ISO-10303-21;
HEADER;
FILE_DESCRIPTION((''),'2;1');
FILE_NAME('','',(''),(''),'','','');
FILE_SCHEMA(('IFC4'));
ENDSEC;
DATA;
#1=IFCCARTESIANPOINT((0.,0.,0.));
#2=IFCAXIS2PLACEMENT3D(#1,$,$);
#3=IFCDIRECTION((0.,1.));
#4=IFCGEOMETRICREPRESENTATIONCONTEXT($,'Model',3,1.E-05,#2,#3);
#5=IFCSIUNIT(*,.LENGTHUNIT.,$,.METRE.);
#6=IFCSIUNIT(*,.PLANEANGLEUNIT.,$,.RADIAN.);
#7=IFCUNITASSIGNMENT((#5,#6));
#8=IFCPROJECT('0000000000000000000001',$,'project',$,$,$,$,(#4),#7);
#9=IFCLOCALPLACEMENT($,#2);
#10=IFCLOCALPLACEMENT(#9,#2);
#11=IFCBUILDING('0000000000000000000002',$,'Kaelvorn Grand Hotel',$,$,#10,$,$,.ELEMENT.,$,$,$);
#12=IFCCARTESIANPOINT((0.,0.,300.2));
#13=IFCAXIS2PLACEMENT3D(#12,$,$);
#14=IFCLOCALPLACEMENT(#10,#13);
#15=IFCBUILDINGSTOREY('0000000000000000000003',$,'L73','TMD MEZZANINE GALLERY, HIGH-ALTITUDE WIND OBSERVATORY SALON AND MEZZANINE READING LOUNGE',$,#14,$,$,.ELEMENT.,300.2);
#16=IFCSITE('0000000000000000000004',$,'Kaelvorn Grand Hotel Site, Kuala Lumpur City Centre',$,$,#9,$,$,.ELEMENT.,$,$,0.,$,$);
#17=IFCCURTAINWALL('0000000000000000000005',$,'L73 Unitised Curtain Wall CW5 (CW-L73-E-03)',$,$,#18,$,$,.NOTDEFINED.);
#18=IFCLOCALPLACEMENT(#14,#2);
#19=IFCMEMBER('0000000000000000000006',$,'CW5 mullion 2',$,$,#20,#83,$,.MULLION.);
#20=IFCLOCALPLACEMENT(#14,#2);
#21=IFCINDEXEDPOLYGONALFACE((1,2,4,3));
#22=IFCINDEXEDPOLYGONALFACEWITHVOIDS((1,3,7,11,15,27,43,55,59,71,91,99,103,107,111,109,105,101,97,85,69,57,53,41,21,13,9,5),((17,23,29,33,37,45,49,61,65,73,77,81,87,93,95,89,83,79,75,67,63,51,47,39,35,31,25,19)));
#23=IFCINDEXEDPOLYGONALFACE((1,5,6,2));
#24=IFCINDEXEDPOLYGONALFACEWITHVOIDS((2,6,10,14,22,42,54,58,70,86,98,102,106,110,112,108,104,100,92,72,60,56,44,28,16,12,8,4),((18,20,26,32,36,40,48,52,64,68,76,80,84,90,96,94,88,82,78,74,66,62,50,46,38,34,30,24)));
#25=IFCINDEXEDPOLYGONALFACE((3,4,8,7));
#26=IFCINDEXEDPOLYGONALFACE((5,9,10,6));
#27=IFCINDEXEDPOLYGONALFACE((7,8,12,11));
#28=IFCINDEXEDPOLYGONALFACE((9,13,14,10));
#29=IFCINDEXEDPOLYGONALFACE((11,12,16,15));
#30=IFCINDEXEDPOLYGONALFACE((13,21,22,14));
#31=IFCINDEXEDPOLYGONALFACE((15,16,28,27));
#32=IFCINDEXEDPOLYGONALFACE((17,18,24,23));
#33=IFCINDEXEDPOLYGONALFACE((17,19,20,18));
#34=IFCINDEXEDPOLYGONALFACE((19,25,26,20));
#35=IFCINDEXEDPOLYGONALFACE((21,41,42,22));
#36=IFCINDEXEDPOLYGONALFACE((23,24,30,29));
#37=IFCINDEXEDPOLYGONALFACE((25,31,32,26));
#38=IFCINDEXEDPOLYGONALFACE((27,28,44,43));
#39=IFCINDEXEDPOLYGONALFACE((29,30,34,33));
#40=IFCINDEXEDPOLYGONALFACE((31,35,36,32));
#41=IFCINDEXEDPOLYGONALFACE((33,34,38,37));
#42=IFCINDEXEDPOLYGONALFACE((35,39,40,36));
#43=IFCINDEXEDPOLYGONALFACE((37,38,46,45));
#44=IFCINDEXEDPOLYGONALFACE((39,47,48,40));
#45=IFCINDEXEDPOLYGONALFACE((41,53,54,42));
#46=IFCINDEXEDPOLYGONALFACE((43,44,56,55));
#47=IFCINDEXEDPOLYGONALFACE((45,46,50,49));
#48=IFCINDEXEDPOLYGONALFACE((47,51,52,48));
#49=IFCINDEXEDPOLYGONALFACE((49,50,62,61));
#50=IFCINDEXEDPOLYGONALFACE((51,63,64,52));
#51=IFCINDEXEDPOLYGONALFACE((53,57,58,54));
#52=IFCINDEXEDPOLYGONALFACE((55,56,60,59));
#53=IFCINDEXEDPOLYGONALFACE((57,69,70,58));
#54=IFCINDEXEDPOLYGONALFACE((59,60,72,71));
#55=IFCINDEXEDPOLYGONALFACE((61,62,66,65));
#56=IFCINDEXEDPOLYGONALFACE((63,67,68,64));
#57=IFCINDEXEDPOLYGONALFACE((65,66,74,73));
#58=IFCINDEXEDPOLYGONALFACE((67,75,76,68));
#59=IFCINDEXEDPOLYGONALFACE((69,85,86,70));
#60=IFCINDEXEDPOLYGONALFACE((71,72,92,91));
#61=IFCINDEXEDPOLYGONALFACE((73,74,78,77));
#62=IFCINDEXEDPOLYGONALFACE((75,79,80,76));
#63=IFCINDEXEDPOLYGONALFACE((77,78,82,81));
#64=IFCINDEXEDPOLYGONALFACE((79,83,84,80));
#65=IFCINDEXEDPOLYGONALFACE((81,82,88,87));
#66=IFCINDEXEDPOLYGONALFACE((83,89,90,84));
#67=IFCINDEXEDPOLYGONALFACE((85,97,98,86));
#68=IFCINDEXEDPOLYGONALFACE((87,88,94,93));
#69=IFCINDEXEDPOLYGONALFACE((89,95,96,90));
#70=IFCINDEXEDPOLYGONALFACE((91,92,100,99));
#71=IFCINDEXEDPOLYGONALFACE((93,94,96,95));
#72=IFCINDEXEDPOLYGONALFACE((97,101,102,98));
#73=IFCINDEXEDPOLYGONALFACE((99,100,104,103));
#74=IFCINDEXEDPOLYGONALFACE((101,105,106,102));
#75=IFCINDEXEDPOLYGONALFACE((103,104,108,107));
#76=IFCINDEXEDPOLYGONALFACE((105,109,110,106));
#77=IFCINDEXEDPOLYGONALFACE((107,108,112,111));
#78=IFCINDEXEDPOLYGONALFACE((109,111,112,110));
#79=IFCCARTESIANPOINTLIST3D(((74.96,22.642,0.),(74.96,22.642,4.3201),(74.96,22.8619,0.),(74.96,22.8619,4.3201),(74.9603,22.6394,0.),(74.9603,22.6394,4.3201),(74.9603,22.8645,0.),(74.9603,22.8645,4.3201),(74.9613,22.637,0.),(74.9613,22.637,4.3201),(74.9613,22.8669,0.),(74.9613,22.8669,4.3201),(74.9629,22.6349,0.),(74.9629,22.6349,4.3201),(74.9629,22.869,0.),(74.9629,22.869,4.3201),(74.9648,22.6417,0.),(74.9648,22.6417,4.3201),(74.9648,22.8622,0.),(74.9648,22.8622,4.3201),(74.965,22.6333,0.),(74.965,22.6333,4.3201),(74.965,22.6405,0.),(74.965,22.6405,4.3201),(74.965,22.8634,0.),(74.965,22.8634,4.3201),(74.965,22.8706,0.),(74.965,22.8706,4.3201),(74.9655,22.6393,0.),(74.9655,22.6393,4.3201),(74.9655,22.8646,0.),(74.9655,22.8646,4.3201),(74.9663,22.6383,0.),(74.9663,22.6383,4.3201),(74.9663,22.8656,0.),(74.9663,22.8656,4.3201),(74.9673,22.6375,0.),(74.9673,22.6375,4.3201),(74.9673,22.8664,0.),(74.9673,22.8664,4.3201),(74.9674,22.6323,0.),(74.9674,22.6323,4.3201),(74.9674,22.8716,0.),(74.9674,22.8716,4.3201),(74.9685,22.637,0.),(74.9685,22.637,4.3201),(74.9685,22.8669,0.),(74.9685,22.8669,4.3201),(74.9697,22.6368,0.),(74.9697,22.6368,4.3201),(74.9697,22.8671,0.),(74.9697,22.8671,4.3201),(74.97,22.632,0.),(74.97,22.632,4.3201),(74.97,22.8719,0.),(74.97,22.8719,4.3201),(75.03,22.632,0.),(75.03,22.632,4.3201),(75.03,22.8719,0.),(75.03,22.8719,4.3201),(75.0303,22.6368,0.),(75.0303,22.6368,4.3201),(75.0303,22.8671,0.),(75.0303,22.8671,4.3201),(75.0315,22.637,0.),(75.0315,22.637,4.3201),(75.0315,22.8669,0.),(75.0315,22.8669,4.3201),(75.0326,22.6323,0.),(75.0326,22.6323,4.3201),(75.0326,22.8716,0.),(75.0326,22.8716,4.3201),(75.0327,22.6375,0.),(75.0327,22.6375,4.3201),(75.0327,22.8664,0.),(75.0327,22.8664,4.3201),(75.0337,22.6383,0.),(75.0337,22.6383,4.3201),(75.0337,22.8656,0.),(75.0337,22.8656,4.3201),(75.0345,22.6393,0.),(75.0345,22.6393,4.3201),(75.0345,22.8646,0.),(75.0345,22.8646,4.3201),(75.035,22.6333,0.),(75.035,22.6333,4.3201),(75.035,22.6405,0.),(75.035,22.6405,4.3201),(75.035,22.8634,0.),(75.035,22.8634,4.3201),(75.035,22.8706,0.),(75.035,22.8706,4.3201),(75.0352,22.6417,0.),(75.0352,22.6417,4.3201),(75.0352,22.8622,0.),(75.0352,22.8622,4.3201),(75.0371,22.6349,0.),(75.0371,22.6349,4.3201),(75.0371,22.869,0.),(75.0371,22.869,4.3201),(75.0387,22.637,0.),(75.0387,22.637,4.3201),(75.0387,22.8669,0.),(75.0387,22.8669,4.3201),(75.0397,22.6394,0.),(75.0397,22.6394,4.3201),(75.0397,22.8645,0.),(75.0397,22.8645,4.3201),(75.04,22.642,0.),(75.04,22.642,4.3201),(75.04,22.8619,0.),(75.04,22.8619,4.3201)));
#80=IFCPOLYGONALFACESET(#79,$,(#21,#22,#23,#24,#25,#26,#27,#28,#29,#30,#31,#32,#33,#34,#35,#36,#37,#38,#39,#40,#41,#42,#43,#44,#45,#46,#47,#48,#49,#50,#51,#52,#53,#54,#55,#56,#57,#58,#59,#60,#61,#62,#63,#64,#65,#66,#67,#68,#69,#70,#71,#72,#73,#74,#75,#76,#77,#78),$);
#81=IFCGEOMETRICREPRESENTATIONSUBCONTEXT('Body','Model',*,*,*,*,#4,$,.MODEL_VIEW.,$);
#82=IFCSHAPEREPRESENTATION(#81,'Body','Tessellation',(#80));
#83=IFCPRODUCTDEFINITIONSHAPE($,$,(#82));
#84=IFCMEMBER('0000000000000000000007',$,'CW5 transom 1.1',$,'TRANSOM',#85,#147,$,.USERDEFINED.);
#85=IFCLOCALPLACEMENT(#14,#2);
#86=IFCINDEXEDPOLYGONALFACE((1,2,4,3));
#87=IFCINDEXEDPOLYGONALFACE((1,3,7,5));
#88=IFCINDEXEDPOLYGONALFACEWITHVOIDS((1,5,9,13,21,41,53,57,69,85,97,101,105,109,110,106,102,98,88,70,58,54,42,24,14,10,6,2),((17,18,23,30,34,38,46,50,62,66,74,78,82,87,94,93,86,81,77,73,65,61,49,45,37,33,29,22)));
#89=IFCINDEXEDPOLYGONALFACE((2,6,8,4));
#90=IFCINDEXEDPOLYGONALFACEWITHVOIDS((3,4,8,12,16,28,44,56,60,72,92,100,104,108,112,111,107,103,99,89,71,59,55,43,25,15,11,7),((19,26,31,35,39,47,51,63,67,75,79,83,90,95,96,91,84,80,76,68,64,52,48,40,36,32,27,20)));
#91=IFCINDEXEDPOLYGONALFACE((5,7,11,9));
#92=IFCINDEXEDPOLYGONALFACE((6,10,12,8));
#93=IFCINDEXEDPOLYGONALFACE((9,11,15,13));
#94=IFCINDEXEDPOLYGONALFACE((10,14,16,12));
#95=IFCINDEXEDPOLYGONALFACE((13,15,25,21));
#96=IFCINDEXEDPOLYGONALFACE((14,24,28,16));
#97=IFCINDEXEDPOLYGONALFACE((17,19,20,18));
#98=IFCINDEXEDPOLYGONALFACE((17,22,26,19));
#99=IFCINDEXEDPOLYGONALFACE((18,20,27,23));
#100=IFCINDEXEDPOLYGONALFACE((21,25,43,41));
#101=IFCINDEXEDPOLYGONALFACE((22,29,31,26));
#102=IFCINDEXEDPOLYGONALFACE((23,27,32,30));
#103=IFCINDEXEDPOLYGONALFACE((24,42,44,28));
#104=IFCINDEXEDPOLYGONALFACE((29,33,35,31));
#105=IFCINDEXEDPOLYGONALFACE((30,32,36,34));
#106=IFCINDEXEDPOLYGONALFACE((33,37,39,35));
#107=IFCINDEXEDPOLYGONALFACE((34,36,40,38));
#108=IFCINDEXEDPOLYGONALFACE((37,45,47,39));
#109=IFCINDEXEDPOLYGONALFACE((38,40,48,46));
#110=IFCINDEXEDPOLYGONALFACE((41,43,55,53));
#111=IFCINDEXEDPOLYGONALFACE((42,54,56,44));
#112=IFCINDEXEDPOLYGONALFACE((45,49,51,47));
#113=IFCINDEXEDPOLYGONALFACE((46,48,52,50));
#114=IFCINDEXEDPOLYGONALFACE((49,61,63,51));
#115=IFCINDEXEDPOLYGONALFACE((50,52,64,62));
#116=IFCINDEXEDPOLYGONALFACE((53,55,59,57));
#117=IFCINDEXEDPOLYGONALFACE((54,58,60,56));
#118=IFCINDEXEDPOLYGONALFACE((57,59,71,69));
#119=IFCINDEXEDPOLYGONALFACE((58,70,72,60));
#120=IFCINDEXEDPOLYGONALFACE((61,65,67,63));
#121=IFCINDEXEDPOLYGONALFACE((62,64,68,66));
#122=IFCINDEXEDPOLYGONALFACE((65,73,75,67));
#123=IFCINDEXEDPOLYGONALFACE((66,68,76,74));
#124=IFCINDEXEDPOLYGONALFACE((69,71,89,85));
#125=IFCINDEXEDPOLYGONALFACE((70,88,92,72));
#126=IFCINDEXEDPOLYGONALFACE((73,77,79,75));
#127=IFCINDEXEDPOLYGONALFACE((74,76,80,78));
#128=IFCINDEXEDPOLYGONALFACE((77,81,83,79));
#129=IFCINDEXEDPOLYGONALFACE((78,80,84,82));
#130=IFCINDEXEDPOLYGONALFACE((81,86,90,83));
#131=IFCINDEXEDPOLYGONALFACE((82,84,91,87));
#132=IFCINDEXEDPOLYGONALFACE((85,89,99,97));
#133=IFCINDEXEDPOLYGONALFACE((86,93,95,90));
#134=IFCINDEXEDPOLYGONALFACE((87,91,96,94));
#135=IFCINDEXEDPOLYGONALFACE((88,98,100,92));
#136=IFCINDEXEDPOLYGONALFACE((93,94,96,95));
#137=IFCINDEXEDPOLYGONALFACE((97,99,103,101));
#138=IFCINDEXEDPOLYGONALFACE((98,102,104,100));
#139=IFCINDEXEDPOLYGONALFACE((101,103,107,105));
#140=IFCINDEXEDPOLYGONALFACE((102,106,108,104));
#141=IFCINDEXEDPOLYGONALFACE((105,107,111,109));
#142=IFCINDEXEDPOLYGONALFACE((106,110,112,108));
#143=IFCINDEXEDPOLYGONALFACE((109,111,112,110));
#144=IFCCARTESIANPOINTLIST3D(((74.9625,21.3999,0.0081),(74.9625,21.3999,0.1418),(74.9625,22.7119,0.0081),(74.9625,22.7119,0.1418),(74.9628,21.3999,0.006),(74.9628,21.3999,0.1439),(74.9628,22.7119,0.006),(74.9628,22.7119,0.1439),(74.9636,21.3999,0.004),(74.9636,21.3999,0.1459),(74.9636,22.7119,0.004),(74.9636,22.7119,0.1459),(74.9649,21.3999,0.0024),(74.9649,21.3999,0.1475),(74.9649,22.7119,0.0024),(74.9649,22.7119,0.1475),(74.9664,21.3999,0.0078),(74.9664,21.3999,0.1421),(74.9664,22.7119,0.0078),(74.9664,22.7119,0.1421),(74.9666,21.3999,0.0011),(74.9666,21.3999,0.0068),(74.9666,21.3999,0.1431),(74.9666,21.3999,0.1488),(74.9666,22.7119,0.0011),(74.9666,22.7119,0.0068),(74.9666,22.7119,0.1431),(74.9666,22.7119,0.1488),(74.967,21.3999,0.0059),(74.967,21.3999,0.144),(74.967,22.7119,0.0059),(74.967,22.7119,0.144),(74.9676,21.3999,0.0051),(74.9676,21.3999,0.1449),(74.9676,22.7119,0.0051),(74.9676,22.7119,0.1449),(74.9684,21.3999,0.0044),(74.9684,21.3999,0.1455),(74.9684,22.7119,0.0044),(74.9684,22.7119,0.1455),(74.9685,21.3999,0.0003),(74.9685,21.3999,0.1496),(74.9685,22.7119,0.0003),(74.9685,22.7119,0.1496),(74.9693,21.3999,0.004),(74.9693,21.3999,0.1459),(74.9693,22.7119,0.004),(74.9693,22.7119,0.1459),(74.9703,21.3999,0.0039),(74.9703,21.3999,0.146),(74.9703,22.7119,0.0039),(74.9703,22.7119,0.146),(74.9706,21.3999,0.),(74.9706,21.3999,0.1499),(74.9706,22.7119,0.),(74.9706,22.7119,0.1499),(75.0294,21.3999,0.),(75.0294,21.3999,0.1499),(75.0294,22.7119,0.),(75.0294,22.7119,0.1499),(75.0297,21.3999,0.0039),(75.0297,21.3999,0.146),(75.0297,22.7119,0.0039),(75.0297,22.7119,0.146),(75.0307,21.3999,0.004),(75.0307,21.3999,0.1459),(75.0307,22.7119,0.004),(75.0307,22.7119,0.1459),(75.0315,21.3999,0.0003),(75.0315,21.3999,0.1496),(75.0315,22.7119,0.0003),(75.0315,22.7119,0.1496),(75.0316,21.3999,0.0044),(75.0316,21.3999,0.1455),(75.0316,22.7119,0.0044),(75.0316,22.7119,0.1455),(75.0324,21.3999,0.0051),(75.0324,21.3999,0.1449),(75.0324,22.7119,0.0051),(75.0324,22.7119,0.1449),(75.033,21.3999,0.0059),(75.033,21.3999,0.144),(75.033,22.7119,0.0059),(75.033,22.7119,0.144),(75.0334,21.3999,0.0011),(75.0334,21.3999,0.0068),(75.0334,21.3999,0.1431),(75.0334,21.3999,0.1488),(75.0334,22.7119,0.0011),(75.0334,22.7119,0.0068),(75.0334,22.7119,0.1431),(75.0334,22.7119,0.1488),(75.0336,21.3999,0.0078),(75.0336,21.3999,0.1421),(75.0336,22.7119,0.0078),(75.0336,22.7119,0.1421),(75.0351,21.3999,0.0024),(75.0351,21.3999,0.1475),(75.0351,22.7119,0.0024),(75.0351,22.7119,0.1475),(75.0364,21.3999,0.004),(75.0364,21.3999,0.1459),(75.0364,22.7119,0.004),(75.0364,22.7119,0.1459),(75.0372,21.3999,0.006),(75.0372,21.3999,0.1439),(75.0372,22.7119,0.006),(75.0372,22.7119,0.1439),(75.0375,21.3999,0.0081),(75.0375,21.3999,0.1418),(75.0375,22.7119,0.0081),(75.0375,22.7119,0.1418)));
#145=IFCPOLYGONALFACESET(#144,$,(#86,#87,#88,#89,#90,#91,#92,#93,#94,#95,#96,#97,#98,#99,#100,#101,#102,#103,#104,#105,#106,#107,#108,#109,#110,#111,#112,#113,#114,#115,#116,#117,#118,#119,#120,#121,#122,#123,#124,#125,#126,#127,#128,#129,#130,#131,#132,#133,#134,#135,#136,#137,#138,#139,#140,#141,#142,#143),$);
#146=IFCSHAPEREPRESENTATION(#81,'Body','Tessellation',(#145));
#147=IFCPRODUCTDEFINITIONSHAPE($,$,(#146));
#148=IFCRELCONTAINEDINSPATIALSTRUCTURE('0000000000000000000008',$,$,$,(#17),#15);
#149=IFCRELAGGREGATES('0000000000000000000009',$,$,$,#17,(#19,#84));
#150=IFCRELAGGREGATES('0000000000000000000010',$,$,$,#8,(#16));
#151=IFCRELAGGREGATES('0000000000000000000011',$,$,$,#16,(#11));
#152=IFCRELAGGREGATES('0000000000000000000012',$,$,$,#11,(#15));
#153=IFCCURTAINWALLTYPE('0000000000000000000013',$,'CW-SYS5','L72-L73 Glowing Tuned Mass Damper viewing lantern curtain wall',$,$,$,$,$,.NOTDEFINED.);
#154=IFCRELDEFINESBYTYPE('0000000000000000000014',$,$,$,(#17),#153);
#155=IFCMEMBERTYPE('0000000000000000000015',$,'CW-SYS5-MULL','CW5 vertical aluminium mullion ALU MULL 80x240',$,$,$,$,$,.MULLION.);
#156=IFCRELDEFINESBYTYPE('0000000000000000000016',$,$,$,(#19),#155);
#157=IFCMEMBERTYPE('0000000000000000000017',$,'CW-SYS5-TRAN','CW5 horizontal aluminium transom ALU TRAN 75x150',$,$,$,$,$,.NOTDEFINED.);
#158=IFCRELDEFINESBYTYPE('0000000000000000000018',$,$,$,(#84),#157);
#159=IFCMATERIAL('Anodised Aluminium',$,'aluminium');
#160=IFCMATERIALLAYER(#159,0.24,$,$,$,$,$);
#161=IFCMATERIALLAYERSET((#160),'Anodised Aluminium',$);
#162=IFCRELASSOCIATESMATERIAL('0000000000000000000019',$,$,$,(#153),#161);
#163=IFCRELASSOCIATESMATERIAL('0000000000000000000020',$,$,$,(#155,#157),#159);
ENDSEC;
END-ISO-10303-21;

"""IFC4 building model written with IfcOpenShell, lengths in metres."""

from ifc_helpers import new_model, si_unit, direction, frame, origin, origin_2d, place, context, subcontext, project, spatial, hollow_rectangle, extrude, material, layer, layer_set, material_profile, profile_set, type_object, element, aggregate, save


model = new_model("IFC4")

# Units and contexts
model_context = context("Model", 3, precision=1e-05, world=origin(), true_north=direction((0.0, 1.0)))
body_context = subcontext(model_context, "Body", "Model", "MODEL_VIEW")
ifc_project = project(units=[si_unit("LENGTHUNIT", "METRE"), si_unit("PLANEANGLEUNIT", "RADIAN")], contexts=[model_context])

# Site, building, storey
site_placement = place(None, origin())
site = spatial("IfcSite", under=ifc_project, at=site_placement, Name="Kaelvorn Grand Hotel Site, Kuala Lumpur City Centre", CompositionType="ELEMENT", RefElevation=0.0)
building_placement = place(site_placement, origin())
building = spatial("IfcBuilding", under=site, at=building_placement, Name="Kaelvorn Grand Hotel", CompositionType="ELEMENT")
storey_placement = place(building_placement, frame((0.0, 0.0, 300.2)))
storey = spatial("IfcBuildingStorey", under=building, at=storey_placement, Name="L73", Description="TMD MEZZANINE GALLERY, HIGH-ALTITUDE WIND OBSERVATORY SALON AND MEZZANINE READING LOUNGE", CompositionType="ELEMENT", Elevation=300.2)

# Curtain wall, members
ifc_material_1 = material(Name="Anodised Aluminium", Category="aluminium")
ifc_layer_1 = layer(ifc_material_1, 0.24)
ifc_layer_set_1 = layer_set([ifc_layer_1], Name="Anodised Aluminium")
curtain_wall_type = type_object("IfcCurtainWallType", Name="CW-SYS5", Description="L72-L73 Glowing Tuned Mass Damper viewing lantern curtain wall", PredefinedType="NOTDEFINED", material=ifc_layer_set_1)
curtain_wall_placement = place(storey_placement, origin())
curtain_wall = element("IfcCurtainWall", 1, at=curtain_wall_placement, inside=storey, type_object=curtain_wall_type, Name="L73 Unitised Curtain Wall CW5 (CW-L73-E-03)", PredefinedType="NOTDEFINED")
ifc_material_profile_1 = material_profile(ifc_material_1, hollow_rectangle(XDim=0.0801, YDim=0.24, WallThickness=0.0049, InnerFilletRadius=0.0049, OuterFilletRadius=0.01, at=origin_2d()), Name="ALU MULL 80x240")
ifc_profile_set_1 = profile_set([ifc_material_profile_1], Name="Anodised Aluminium")
member_type_1 = type_object("IfcMemberType", Name="CW-SYS5-MULL", Description="CW5 vertical aluminium mullion ALU MULL 80x240", PredefinedType="MULLION", material=ifc_profile_set_1)
member_1_placement = place(storey_placement, frame((75.0, 22.752, 0.0), z_axis=(0.0, 0.0, 1.0), x_axis=(-1.0, 0.0, 0.0)))
member_1 = element("IfcMember", 2, at=member_1_placement, type_object=member_type_1, Name="CW5 mullion 2", PredefinedType="MULLION", context=body_context, shape_type="SweptSolid", body=[
    extrude(hollow_rectangle(XDim=0.0801, YDim=0.24, WallThickness=0.0049, InnerFilletRadius=0.0049, OuterFilletRadius=0.01, at=origin_2d()), origin(), (0.0, 0.0, 1.0), 4.3201),
])
ifc_material_profile_2 = material_profile(ifc_material_1, hollow_rectangle(XDim=0.075, YDim=0.1499, WallThickness=0.0039, InnerFilletRadius=0.0039, OuterFilletRadius=0.0081, at=origin_2d()), Name="ALU TRAN 75x150")
ifc_profile_set_2 = profile_set([ifc_material_profile_2], Name="Anodised Aluminium")
member_type_2 = type_object("IfcMemberType", Name="CW-SYS5-TRAN", Description="CW5 horizontal aluminium transom ALU TRAN 75x150", PredefinedType="NOTDEFINED", material=ifc_profile_set_2)
member_2_placement = place(storey_placement, frame((75.0, 21.3999, 0.075), z_axis=(0.0, 1.0, 0.0), x_axis=(-1.0, 0.0, 0.0)))
member_2 = element("IfcMember", 3, at=member_2_placement, type_object=member_type_2, Name="CW5 transom 1.1", ObjectType="TRANSOM", PredefinedType="USERDEFINED", context=body_context, shape_type="SweptSolid", body=[
    extrude(hollow_rectangle(XDim=0.075, YDim=0.1499, WallThickness=0.0039, InnerFilletRadius=0.0039, OuterFilletRadius=0.0081, at=origin_2d()), origin(), (0.0, 0.0, 1.0), 1.312),
])
aggregate(curtain_wall, [member_1, member_2])

save(model, "model.ifc")
